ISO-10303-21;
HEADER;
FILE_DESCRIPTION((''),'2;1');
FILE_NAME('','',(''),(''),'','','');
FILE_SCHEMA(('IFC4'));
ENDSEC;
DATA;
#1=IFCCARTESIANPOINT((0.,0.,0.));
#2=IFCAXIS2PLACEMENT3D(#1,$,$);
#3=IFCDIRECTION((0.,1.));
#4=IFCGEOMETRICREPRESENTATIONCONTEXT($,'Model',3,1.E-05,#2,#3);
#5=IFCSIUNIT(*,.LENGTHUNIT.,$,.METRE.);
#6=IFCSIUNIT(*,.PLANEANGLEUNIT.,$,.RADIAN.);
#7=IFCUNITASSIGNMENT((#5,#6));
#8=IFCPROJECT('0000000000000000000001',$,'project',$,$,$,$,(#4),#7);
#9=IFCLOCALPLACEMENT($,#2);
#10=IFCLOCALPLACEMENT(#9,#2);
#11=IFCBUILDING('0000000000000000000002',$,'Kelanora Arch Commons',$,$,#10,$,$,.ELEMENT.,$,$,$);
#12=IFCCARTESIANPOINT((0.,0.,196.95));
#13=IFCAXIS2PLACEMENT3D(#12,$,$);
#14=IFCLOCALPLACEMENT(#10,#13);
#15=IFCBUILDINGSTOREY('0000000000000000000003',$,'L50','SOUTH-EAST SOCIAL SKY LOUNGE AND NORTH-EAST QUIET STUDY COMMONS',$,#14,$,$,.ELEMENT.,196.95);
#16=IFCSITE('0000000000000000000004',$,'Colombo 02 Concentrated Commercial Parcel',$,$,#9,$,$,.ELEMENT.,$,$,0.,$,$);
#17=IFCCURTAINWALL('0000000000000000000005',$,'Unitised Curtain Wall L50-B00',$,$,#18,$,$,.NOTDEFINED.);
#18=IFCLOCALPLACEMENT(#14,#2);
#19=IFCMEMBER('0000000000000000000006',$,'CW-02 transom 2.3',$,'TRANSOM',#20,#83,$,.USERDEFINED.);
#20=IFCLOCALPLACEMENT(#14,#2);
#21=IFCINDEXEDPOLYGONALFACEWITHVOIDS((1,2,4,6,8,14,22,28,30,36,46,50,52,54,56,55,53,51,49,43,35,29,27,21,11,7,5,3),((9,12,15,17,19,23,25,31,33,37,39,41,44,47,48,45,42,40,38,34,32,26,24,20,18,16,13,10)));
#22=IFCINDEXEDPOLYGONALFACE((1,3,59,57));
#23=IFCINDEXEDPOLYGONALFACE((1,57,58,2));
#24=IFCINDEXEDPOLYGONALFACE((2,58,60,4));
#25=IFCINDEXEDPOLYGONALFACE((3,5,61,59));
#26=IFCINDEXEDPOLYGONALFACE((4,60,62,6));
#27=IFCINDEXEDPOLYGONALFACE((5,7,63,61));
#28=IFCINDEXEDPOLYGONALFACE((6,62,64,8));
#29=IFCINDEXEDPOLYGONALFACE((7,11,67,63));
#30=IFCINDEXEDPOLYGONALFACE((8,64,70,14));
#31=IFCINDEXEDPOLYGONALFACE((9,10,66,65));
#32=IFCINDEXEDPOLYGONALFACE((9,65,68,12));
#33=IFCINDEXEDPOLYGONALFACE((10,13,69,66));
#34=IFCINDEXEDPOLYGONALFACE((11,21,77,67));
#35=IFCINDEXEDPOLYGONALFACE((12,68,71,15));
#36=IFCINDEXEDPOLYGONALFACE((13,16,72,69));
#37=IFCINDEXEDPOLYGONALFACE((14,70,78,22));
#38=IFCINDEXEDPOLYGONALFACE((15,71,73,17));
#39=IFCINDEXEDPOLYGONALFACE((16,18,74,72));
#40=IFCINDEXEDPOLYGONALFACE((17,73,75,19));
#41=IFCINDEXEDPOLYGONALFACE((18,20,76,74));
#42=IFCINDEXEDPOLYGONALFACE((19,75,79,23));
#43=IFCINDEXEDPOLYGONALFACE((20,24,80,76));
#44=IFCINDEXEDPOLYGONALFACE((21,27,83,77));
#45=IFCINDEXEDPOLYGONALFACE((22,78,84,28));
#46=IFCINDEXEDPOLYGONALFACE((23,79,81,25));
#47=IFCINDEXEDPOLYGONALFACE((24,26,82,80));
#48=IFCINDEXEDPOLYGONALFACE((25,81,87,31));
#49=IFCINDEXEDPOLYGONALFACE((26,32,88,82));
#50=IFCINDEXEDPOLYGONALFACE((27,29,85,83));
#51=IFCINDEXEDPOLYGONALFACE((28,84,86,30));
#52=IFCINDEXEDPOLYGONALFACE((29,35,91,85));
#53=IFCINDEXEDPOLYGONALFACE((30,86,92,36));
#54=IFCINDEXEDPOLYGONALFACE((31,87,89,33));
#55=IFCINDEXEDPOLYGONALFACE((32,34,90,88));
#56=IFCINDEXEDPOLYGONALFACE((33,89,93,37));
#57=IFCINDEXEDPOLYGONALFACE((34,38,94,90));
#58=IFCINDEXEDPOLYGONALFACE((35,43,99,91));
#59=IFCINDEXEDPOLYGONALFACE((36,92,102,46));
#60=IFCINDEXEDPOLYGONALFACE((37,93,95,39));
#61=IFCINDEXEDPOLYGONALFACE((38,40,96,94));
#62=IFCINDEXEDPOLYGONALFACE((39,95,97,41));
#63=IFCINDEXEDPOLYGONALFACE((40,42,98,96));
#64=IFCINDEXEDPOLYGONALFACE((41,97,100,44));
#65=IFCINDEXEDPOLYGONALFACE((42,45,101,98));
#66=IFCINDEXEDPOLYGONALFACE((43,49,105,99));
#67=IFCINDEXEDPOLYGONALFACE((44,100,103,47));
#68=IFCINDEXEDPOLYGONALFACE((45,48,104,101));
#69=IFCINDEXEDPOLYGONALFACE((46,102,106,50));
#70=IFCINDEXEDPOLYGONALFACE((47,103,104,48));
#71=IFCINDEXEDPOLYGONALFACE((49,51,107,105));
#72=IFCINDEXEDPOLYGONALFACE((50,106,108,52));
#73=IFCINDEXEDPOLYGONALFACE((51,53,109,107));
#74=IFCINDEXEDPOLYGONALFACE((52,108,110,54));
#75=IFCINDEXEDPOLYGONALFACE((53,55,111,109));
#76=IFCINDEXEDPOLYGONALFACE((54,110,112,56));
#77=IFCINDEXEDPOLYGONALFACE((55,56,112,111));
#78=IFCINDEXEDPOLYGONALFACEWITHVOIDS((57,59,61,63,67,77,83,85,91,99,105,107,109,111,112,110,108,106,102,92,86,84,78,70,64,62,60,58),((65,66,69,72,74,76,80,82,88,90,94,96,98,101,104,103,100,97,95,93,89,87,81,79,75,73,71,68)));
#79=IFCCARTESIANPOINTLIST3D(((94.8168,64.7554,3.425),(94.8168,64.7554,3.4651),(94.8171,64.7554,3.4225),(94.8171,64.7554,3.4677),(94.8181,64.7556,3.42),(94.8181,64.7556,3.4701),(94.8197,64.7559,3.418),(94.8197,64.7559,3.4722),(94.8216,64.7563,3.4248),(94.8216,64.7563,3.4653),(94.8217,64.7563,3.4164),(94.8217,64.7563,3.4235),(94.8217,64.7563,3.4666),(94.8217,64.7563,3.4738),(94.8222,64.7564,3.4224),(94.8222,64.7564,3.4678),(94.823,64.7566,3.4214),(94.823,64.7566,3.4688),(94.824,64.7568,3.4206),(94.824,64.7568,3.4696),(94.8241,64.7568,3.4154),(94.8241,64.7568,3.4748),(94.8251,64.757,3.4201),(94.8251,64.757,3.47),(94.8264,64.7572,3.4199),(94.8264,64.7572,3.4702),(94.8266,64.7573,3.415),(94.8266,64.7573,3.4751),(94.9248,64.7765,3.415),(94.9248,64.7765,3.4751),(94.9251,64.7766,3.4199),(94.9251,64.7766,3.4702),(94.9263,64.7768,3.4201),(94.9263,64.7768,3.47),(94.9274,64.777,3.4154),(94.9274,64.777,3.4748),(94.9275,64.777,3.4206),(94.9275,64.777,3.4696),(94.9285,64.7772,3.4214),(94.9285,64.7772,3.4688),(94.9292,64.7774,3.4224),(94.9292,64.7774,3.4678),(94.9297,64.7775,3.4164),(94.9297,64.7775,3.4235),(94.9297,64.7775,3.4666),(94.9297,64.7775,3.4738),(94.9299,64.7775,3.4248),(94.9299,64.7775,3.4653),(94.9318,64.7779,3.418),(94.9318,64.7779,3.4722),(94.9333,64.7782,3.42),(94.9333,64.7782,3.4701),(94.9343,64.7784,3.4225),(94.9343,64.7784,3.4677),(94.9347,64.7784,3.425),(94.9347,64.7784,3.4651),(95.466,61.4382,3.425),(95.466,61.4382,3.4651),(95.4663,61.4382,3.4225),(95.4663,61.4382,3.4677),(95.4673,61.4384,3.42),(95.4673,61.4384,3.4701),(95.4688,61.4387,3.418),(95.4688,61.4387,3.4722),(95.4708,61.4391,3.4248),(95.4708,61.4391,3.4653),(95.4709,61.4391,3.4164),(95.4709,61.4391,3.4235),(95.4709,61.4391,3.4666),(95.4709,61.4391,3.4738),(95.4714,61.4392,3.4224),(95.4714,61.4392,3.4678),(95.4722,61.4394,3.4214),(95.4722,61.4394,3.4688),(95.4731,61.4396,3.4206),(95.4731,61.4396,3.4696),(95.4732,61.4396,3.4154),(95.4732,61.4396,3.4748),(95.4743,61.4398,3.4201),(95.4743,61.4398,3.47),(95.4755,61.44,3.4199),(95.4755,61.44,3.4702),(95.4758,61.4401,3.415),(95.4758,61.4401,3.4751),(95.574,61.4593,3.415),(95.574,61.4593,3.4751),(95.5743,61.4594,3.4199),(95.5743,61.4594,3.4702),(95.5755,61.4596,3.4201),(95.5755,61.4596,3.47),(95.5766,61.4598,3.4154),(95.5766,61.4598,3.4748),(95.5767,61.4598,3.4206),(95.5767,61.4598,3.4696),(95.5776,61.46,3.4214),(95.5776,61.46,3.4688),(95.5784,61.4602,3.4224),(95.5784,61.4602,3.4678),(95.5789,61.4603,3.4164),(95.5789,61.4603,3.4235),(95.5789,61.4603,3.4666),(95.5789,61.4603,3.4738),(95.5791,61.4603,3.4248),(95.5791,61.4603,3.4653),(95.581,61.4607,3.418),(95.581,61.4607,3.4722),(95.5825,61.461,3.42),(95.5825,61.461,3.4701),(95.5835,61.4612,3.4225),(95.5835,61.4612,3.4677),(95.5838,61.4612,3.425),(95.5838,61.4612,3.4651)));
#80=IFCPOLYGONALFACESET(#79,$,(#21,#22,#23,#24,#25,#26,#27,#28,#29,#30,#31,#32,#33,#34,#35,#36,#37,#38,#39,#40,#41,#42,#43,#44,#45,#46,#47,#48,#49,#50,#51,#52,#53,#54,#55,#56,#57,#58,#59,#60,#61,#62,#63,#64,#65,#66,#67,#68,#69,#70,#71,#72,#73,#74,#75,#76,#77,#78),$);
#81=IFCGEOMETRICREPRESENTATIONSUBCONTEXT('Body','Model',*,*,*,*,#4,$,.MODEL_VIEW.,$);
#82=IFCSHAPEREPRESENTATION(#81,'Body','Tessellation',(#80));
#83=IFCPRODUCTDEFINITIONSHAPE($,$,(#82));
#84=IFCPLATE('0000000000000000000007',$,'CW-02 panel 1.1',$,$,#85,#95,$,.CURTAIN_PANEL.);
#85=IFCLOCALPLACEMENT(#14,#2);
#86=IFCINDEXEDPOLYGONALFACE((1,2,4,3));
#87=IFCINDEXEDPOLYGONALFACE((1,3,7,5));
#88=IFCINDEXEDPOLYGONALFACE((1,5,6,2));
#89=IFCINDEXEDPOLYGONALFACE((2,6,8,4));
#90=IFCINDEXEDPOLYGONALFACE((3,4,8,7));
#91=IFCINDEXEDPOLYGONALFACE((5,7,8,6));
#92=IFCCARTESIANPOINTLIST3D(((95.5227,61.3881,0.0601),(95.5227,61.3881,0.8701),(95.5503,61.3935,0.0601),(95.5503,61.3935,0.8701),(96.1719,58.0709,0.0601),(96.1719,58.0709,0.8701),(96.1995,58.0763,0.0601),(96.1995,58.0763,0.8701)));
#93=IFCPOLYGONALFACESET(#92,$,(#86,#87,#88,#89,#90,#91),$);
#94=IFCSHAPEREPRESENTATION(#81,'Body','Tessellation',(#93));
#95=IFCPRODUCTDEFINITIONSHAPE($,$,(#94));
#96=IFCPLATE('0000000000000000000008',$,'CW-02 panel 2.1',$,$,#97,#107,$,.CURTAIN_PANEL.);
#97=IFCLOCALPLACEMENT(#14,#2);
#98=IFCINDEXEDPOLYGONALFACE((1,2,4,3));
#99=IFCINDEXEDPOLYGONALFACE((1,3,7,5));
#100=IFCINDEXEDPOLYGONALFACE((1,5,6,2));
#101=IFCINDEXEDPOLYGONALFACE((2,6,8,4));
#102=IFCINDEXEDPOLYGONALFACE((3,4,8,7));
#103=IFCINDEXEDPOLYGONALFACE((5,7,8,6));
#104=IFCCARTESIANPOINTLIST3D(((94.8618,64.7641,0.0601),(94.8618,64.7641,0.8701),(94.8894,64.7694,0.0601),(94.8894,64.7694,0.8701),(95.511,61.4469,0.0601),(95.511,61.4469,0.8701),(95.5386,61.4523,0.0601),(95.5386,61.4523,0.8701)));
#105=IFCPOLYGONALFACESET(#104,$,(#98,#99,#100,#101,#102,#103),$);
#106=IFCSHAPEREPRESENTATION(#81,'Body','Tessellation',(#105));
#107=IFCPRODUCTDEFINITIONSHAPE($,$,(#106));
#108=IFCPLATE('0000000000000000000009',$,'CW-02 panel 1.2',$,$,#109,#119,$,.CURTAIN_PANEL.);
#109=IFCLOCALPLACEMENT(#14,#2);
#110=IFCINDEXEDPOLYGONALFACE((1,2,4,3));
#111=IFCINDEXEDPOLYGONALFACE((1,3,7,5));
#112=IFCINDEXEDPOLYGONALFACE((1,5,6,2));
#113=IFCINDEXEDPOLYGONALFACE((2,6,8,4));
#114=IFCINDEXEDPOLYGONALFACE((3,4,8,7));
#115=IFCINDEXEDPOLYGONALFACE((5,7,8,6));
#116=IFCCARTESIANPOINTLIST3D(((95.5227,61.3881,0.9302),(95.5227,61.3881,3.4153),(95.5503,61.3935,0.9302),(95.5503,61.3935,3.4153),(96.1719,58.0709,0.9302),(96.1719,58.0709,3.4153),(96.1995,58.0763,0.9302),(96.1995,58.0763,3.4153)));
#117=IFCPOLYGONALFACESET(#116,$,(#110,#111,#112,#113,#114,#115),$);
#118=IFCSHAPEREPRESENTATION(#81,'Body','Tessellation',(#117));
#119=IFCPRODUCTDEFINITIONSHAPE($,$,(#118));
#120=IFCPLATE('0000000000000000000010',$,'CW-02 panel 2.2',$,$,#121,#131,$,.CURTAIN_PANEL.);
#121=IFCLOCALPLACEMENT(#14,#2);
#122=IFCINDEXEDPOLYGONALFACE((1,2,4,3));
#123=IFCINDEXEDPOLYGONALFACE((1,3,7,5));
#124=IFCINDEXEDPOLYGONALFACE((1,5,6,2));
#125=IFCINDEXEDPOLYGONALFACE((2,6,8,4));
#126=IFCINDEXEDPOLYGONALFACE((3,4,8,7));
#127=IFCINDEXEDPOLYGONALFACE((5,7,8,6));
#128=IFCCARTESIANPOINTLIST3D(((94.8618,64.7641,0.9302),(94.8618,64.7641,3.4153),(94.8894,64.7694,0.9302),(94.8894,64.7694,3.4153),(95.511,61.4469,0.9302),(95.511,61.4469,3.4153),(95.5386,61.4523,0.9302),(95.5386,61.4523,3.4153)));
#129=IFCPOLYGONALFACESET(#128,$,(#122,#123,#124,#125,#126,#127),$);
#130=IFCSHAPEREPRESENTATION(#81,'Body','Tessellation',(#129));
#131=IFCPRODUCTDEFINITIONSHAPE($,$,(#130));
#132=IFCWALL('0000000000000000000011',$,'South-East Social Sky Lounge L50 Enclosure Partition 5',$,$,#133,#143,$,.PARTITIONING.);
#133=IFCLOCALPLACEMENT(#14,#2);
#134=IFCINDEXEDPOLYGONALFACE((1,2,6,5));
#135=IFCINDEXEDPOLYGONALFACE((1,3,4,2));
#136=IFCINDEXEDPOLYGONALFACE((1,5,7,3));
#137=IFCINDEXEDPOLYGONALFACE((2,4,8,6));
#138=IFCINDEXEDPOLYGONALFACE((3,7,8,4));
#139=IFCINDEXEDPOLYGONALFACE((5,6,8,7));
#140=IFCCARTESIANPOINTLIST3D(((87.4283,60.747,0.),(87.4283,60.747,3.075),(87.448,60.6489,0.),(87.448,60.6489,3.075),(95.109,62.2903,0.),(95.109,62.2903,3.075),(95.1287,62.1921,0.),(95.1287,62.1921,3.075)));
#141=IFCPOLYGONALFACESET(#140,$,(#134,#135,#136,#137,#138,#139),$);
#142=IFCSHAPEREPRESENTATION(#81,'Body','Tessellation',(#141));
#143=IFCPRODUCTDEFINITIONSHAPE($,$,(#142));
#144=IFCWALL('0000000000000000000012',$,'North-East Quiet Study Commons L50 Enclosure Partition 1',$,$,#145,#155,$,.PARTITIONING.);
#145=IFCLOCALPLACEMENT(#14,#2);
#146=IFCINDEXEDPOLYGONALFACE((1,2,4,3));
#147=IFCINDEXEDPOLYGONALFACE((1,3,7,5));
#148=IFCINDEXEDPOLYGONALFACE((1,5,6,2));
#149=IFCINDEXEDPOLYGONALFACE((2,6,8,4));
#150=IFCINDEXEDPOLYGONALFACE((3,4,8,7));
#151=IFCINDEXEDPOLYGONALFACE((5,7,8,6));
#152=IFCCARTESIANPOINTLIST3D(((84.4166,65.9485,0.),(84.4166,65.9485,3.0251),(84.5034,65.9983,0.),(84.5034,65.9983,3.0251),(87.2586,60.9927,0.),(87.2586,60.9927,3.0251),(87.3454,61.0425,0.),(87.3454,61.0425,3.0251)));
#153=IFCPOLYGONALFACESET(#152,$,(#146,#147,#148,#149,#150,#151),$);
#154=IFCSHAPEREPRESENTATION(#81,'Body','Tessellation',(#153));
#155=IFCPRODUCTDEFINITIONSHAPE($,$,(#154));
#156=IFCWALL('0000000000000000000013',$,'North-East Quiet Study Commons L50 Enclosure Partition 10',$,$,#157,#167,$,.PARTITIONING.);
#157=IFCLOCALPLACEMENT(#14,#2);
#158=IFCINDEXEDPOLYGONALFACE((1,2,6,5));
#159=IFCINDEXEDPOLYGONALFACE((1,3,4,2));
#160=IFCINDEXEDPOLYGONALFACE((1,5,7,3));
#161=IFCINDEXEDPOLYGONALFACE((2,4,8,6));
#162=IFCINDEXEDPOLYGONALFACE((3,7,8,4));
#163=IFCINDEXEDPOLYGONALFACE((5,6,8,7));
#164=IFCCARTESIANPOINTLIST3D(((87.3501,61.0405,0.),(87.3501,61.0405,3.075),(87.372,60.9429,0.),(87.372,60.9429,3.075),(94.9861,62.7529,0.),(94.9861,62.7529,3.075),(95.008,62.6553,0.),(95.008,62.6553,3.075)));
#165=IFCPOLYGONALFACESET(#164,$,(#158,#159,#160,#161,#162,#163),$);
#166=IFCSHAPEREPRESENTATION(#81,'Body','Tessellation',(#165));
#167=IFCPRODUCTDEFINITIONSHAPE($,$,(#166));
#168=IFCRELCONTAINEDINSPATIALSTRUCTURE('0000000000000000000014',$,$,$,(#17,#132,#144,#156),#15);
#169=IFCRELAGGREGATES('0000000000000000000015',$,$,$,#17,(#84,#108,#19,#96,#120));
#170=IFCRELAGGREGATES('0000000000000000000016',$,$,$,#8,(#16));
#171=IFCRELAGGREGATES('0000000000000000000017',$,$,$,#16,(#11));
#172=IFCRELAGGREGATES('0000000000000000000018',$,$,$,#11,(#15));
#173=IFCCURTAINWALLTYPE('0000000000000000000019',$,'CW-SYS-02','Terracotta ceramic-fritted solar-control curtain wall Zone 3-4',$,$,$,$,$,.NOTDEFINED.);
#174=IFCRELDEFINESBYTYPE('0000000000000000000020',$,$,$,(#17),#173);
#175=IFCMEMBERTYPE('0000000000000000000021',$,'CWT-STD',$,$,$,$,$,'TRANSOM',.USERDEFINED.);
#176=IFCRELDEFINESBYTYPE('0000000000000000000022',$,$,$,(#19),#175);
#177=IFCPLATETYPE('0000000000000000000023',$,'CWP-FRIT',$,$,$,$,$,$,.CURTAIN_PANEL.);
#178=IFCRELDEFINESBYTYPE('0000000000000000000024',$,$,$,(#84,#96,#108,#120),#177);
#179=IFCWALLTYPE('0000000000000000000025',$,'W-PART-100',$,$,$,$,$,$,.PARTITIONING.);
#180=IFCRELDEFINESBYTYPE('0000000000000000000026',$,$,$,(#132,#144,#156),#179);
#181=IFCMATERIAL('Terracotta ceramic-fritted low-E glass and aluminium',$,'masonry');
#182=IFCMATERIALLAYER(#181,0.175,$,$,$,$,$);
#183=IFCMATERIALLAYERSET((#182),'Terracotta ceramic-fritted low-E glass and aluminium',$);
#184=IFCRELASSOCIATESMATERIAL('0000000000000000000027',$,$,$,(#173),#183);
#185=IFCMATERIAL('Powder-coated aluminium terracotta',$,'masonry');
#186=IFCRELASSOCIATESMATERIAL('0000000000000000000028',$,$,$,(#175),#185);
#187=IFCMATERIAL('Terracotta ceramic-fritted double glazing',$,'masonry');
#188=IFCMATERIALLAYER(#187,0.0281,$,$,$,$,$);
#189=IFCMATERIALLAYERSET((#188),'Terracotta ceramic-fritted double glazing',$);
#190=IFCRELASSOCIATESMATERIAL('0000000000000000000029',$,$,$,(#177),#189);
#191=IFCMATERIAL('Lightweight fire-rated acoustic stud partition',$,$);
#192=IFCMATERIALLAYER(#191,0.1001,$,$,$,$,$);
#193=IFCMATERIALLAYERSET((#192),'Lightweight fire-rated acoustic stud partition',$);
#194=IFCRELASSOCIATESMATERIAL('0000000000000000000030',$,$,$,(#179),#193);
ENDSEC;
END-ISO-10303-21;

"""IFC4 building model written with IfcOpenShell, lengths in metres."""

from ifc_helpers import new_model, si_unit, direction, frame, frame_2d, origin, origin_2d, place, context, subcontext, project, spatial, rectangle, hollow_rectangle, extrude, source, transform, mapped, material, layer, layer_set, material_profile, profile_set, type_object, element, aggregate, save


model = new_model("IFC4")

# Units and contexts
model_context = context("Model", 3, precision=1e-05, world=origin(), true_north=direction((0.0, 1.0)))
body_context = subcontext(model_context, "Body", "Model", "MODEL_VIEW")
ifc_project = project(units=[si_unit("LENGTHUNIT", "METRE"), si_unit("PLANEANGLEUNIT", "RADIAN")], contexts=[model_context])

# Site, building, storey
site_placement = place(None, origin())
site = spatial("IfcSite", under=ifc_project, at=site_placement, Name="Colombo 02 Concentrated Commercial Parcel", CompositionType="ELEMENT", RefElevation=0.0)
building_placement = place(site_placement, origin())
building = spatial("IfcBuilding", under=site, at=building_placement, Name="Kelanora Arch Commons", CompositionType="ELEMENT")
storey_placement = place(building_placement, frame((0.0, 0.0, 196.95)))
storey = spatial("IfcBuildingStorey", under=building, at=storey_placement, Name="L50", Description="SOUTH-EAST SOCIAL SKY LOUNGE AND NORTH-EAST QUIET STUDY COMMONS", CompositionType="ELEMENT", Elevation=196.95)

# Curtain wall, member, plates
ifc_material_1 = material(Name="Terracotta ceramic-fritted low-E glass and aluminium", Category="masonry")
ifc_layer_1 = layer(ifc_material_1, 0.175)
ifc_layer_set_1 = layer_set([ifc_layer_1], Name="Terracotta ceramic-fritted low-E glass and aluminium")
curtain_wall_type = type_object("IfcCurtainWallType", Name="CW-SYS-02", Description="Terracotta ceramic-fritted solar-control curtain wall Zone 3-4", PredefinedType="NOTDEFINED", material=ifc_layer_set_1)
curtain_wall_placement = place(storey_placement, origin())
curtain_wall = element("IfcCurtainWall", 1, at=curtain_wall_placement, inside=storey, type_object=curtain_wall_type, Name="Unitised Curtain Wall L50-B00", PredefinedType="NOTDEFINED")
ifc_material_2 = material(Name="Powder-coated aluminium terracotta", Category="masonry")
ifc_material_profile_1 = material_profile(ifc_material_2, hollow_rectangle(XDim=0.1201, YDim=0.0601, WallThickness=0.0049, InnerFilletRadius=0.0049, OuterFilletRadius=0.01, at=origin_2d()), Name="CWT120x60")
ifc_profile_set_1 = profile_set([ifc_material_profile_1], Name="Powder-coated aluminium terracotta")
member_type_1 = type_object("IfcMemberType", Name="CWT-STD", ElementType="TRANSOM", PredefinedType="USERDEFINED", material=ifc_profile_set_1)
member_1_placement = place(storey_placement, frame((95.5249, 61.4497, 3.4451), z_axis=(-0.192058, 0.981383, 0.0), x_axis=(-0.981383, -0.192058, 0.0)))
member_1 = element("IfcMember", 2, at=member_1_placement, type_object=member_type_1, Name="CW-02 transom 2.3", ObjectType="TRANSOM", PredefinedType="USERDEFINED", context=body_context, shape_type="SweptSolid", body=[
    extrude(hollow_rectangle(XDim=0.1201, YDim=0.0601, WallThickness=0.0049, InnerFilletRadius=0.0049, OuterFilletRadius=0.01, at=origin_2d()), origin(), (0.0, 0.0, 1.0), 3.3801),
])
ifc_material_3 = material(Name="Terracotta ceramic-fritted double glazing", Category="masonry")
ifc_layer_2 = layer(ifc_material_3, 0.0281)
ifc_layer_set_2 = layer_set([ifc_layer_2], Name="Terracotta ceramic-fritted double glazing")
plate_type = type_object("IfcPlateType", Name="CWP-FRIT", PredefinedType="CURTAIN_PANEL", material=ifc_layer_set_2)
shared_shape_1 = source(origin(), body_context, "Body", "SweptSolid", [
    extrude(rectangle(XDim=3.3801, YDim=0.0281, at=origin_2d()), origin(), (0.0, 0.0, 1.0), 0.8101),
])
plate_1_placement = place(storey_placement, frame((95.8611, 59.7322, 0.0601), z_axis=(0.0, 0.0, 1.0), x_axis=(-0.192069, 0.981381, 0.0)))
plate_1 = element("IfcPlate", 3, at=plate_1_placement, type_object=plate_type, Name="CW-02 panel 1.1", PredefinedType="CURTAIN_PANEL", context=body_context, shape_type="MappedRepresentation", body=[
    mapped(shared_shape_1, transform((0.0, 0.0, 0.0), scale=1.0)),
])
plate_2_placement = place(storey_placement, frame((95.2002, 63.1082, 0.0601), z_axis=(0.0, 0.0, 1.0), x_axis=(-0.192069, 0.981381, 0.0)))
plate_2 = element("IfcPlate", 4, at=plate_2_placement, type_object=plate_type, Name="CW-02 panel 2.1", PredefinedType="CURTAIN_PANEL", context=body_context, shape_type="MappedRepresentation", body=[
    mapped(shared_shape_1, transform((0.0, 0.0, 0.0), scale=1.0)),
])
shared_shape_2 = source(origin(), body_context, "Body", "SweptSolid", [
    extrude(rectangle(XDim=3.3801, YDim=0.0281, at=origin_2d()), origin(), (0.0, 0.0, 1.0), 2.4851),
])
plate_3_placement = place(storey_placement, frame((95.8611, 59.7322, 0.9302), z_axis=(0.0, 0.0, 1.0), x_axis=(-0.192069, 0.981381, 0.0)))
plate_3 = element("IfcPlate", 5, at=plate_3_placement, type_object=plate_type, Name="CW-02 panel 1.2", PredefinedType="CURTAIN_PANEL", context=body_context, shape_type="MappedRepresentation", body=[
    mapped(shared_shape_2, transform((0.0, 0.0, 0.0), scale=1.0)),
])
plate_4_placement = place(storey_placement, frame((95.2002, 63.1082, 0.9302), z_axis=(0.0, 0.0, 1.0), x_axis=(-0.192069, 0.981381, 0.0)))
plate_4 = element("IfcPlate", 6, at=plate_4_placement, type_object=plate_type, Name="CW-02 panel 2.2", PredefinedType="CURTAIN_PANEL", context=body_context, shape_type="MappedRepresentation", body=[
    mapped(shared_shape_2, transform((0.0, 0.0, 0.0), scale=1.0)),
])
aggregate(curtain_wall, [plate_1, plate_3, member_1, plate_2, plate_4])

# Walls
ifc_material_4 = material(Name="Lightweight fire-rated acoustic stud partition")
ifc_layer_3 = layer(ifc_material_4, 0.1001)
ifc_layer_set_3 = layer_set([ifc_layer_3], Name="Lightweight fire-rated acoustic stud partition")
wall_type = type_object("IfcWallType", Name="W-PART-100", PredefinedType="PARTITIONING", material=ifc_layer_set_3)
wall_1_placement = place(storey_placement, frame((87.4382, 60.698, 0.0), z_axis=(0.0, 0.0, 1.0), x_axis=(0.980406, 0.196985, 0.0)))
element("IfcWall", 7, at=wall_1_placement, inside=storey, type_object=wall_type, Name="South-East Social Sky Lounge L50 Enclosure Partition 5", PredefinedType="PARTITIONING", context=body_context, shape_type="SweptSolid", body=[
    extrude(rectangle(XDim=7.8342, YDim=0.1001, at=frame_2d((3.917, 0.0))), origin(), (0.0, 0.0, 1.0), 3.075),
])
wall_2_placement = place(storey_placement, frame((87.302, 61.0176, 0.0), z_axis=(0.0, 0.0, 1.0), x_axis=(-0.497478, 0.867477, 0.0)))
element("IfcWall", 8, at=wall_2_placement, inside=storey, type_object=wall_type, Name="North-East Quiet Study Commons L50 Enclosure Partition 1", PredefinedType="PARTITIONING", context=body_context, shape_type="SweptSolid", body=[
    extrude(rectangle(XDim=5.7129, YDim=0.1001, at=frame_2d((2.8564, 0.0))), origin(), (0.0, 0.0, 1.0), 3.0251),
])
wall_3_placement = place(storey_placement, frame((94.9971, 62.7041, 0.0), z_axis=(0.0, 0.0, 1.0), x_axis=(-0.975765, -0.21882, 0.0)))
element("IfcWall", 9, at=wall_3_placement, inside=storey, type_object=wall_type, Name="North-East Quiet Study Commons L50 Enclosure Partition 10", PredefinedType="PARTITIONING", context=body_context, shape_type="SweptSolid", body=[
    extrude(rectangle(XDim=7.8257, YDim=0.1001, at=frame_2d((3.9128, 0.0))), origin(), (0.0, 0.0, 1.0), 3.075),
])

save(model, "model.ifc")
